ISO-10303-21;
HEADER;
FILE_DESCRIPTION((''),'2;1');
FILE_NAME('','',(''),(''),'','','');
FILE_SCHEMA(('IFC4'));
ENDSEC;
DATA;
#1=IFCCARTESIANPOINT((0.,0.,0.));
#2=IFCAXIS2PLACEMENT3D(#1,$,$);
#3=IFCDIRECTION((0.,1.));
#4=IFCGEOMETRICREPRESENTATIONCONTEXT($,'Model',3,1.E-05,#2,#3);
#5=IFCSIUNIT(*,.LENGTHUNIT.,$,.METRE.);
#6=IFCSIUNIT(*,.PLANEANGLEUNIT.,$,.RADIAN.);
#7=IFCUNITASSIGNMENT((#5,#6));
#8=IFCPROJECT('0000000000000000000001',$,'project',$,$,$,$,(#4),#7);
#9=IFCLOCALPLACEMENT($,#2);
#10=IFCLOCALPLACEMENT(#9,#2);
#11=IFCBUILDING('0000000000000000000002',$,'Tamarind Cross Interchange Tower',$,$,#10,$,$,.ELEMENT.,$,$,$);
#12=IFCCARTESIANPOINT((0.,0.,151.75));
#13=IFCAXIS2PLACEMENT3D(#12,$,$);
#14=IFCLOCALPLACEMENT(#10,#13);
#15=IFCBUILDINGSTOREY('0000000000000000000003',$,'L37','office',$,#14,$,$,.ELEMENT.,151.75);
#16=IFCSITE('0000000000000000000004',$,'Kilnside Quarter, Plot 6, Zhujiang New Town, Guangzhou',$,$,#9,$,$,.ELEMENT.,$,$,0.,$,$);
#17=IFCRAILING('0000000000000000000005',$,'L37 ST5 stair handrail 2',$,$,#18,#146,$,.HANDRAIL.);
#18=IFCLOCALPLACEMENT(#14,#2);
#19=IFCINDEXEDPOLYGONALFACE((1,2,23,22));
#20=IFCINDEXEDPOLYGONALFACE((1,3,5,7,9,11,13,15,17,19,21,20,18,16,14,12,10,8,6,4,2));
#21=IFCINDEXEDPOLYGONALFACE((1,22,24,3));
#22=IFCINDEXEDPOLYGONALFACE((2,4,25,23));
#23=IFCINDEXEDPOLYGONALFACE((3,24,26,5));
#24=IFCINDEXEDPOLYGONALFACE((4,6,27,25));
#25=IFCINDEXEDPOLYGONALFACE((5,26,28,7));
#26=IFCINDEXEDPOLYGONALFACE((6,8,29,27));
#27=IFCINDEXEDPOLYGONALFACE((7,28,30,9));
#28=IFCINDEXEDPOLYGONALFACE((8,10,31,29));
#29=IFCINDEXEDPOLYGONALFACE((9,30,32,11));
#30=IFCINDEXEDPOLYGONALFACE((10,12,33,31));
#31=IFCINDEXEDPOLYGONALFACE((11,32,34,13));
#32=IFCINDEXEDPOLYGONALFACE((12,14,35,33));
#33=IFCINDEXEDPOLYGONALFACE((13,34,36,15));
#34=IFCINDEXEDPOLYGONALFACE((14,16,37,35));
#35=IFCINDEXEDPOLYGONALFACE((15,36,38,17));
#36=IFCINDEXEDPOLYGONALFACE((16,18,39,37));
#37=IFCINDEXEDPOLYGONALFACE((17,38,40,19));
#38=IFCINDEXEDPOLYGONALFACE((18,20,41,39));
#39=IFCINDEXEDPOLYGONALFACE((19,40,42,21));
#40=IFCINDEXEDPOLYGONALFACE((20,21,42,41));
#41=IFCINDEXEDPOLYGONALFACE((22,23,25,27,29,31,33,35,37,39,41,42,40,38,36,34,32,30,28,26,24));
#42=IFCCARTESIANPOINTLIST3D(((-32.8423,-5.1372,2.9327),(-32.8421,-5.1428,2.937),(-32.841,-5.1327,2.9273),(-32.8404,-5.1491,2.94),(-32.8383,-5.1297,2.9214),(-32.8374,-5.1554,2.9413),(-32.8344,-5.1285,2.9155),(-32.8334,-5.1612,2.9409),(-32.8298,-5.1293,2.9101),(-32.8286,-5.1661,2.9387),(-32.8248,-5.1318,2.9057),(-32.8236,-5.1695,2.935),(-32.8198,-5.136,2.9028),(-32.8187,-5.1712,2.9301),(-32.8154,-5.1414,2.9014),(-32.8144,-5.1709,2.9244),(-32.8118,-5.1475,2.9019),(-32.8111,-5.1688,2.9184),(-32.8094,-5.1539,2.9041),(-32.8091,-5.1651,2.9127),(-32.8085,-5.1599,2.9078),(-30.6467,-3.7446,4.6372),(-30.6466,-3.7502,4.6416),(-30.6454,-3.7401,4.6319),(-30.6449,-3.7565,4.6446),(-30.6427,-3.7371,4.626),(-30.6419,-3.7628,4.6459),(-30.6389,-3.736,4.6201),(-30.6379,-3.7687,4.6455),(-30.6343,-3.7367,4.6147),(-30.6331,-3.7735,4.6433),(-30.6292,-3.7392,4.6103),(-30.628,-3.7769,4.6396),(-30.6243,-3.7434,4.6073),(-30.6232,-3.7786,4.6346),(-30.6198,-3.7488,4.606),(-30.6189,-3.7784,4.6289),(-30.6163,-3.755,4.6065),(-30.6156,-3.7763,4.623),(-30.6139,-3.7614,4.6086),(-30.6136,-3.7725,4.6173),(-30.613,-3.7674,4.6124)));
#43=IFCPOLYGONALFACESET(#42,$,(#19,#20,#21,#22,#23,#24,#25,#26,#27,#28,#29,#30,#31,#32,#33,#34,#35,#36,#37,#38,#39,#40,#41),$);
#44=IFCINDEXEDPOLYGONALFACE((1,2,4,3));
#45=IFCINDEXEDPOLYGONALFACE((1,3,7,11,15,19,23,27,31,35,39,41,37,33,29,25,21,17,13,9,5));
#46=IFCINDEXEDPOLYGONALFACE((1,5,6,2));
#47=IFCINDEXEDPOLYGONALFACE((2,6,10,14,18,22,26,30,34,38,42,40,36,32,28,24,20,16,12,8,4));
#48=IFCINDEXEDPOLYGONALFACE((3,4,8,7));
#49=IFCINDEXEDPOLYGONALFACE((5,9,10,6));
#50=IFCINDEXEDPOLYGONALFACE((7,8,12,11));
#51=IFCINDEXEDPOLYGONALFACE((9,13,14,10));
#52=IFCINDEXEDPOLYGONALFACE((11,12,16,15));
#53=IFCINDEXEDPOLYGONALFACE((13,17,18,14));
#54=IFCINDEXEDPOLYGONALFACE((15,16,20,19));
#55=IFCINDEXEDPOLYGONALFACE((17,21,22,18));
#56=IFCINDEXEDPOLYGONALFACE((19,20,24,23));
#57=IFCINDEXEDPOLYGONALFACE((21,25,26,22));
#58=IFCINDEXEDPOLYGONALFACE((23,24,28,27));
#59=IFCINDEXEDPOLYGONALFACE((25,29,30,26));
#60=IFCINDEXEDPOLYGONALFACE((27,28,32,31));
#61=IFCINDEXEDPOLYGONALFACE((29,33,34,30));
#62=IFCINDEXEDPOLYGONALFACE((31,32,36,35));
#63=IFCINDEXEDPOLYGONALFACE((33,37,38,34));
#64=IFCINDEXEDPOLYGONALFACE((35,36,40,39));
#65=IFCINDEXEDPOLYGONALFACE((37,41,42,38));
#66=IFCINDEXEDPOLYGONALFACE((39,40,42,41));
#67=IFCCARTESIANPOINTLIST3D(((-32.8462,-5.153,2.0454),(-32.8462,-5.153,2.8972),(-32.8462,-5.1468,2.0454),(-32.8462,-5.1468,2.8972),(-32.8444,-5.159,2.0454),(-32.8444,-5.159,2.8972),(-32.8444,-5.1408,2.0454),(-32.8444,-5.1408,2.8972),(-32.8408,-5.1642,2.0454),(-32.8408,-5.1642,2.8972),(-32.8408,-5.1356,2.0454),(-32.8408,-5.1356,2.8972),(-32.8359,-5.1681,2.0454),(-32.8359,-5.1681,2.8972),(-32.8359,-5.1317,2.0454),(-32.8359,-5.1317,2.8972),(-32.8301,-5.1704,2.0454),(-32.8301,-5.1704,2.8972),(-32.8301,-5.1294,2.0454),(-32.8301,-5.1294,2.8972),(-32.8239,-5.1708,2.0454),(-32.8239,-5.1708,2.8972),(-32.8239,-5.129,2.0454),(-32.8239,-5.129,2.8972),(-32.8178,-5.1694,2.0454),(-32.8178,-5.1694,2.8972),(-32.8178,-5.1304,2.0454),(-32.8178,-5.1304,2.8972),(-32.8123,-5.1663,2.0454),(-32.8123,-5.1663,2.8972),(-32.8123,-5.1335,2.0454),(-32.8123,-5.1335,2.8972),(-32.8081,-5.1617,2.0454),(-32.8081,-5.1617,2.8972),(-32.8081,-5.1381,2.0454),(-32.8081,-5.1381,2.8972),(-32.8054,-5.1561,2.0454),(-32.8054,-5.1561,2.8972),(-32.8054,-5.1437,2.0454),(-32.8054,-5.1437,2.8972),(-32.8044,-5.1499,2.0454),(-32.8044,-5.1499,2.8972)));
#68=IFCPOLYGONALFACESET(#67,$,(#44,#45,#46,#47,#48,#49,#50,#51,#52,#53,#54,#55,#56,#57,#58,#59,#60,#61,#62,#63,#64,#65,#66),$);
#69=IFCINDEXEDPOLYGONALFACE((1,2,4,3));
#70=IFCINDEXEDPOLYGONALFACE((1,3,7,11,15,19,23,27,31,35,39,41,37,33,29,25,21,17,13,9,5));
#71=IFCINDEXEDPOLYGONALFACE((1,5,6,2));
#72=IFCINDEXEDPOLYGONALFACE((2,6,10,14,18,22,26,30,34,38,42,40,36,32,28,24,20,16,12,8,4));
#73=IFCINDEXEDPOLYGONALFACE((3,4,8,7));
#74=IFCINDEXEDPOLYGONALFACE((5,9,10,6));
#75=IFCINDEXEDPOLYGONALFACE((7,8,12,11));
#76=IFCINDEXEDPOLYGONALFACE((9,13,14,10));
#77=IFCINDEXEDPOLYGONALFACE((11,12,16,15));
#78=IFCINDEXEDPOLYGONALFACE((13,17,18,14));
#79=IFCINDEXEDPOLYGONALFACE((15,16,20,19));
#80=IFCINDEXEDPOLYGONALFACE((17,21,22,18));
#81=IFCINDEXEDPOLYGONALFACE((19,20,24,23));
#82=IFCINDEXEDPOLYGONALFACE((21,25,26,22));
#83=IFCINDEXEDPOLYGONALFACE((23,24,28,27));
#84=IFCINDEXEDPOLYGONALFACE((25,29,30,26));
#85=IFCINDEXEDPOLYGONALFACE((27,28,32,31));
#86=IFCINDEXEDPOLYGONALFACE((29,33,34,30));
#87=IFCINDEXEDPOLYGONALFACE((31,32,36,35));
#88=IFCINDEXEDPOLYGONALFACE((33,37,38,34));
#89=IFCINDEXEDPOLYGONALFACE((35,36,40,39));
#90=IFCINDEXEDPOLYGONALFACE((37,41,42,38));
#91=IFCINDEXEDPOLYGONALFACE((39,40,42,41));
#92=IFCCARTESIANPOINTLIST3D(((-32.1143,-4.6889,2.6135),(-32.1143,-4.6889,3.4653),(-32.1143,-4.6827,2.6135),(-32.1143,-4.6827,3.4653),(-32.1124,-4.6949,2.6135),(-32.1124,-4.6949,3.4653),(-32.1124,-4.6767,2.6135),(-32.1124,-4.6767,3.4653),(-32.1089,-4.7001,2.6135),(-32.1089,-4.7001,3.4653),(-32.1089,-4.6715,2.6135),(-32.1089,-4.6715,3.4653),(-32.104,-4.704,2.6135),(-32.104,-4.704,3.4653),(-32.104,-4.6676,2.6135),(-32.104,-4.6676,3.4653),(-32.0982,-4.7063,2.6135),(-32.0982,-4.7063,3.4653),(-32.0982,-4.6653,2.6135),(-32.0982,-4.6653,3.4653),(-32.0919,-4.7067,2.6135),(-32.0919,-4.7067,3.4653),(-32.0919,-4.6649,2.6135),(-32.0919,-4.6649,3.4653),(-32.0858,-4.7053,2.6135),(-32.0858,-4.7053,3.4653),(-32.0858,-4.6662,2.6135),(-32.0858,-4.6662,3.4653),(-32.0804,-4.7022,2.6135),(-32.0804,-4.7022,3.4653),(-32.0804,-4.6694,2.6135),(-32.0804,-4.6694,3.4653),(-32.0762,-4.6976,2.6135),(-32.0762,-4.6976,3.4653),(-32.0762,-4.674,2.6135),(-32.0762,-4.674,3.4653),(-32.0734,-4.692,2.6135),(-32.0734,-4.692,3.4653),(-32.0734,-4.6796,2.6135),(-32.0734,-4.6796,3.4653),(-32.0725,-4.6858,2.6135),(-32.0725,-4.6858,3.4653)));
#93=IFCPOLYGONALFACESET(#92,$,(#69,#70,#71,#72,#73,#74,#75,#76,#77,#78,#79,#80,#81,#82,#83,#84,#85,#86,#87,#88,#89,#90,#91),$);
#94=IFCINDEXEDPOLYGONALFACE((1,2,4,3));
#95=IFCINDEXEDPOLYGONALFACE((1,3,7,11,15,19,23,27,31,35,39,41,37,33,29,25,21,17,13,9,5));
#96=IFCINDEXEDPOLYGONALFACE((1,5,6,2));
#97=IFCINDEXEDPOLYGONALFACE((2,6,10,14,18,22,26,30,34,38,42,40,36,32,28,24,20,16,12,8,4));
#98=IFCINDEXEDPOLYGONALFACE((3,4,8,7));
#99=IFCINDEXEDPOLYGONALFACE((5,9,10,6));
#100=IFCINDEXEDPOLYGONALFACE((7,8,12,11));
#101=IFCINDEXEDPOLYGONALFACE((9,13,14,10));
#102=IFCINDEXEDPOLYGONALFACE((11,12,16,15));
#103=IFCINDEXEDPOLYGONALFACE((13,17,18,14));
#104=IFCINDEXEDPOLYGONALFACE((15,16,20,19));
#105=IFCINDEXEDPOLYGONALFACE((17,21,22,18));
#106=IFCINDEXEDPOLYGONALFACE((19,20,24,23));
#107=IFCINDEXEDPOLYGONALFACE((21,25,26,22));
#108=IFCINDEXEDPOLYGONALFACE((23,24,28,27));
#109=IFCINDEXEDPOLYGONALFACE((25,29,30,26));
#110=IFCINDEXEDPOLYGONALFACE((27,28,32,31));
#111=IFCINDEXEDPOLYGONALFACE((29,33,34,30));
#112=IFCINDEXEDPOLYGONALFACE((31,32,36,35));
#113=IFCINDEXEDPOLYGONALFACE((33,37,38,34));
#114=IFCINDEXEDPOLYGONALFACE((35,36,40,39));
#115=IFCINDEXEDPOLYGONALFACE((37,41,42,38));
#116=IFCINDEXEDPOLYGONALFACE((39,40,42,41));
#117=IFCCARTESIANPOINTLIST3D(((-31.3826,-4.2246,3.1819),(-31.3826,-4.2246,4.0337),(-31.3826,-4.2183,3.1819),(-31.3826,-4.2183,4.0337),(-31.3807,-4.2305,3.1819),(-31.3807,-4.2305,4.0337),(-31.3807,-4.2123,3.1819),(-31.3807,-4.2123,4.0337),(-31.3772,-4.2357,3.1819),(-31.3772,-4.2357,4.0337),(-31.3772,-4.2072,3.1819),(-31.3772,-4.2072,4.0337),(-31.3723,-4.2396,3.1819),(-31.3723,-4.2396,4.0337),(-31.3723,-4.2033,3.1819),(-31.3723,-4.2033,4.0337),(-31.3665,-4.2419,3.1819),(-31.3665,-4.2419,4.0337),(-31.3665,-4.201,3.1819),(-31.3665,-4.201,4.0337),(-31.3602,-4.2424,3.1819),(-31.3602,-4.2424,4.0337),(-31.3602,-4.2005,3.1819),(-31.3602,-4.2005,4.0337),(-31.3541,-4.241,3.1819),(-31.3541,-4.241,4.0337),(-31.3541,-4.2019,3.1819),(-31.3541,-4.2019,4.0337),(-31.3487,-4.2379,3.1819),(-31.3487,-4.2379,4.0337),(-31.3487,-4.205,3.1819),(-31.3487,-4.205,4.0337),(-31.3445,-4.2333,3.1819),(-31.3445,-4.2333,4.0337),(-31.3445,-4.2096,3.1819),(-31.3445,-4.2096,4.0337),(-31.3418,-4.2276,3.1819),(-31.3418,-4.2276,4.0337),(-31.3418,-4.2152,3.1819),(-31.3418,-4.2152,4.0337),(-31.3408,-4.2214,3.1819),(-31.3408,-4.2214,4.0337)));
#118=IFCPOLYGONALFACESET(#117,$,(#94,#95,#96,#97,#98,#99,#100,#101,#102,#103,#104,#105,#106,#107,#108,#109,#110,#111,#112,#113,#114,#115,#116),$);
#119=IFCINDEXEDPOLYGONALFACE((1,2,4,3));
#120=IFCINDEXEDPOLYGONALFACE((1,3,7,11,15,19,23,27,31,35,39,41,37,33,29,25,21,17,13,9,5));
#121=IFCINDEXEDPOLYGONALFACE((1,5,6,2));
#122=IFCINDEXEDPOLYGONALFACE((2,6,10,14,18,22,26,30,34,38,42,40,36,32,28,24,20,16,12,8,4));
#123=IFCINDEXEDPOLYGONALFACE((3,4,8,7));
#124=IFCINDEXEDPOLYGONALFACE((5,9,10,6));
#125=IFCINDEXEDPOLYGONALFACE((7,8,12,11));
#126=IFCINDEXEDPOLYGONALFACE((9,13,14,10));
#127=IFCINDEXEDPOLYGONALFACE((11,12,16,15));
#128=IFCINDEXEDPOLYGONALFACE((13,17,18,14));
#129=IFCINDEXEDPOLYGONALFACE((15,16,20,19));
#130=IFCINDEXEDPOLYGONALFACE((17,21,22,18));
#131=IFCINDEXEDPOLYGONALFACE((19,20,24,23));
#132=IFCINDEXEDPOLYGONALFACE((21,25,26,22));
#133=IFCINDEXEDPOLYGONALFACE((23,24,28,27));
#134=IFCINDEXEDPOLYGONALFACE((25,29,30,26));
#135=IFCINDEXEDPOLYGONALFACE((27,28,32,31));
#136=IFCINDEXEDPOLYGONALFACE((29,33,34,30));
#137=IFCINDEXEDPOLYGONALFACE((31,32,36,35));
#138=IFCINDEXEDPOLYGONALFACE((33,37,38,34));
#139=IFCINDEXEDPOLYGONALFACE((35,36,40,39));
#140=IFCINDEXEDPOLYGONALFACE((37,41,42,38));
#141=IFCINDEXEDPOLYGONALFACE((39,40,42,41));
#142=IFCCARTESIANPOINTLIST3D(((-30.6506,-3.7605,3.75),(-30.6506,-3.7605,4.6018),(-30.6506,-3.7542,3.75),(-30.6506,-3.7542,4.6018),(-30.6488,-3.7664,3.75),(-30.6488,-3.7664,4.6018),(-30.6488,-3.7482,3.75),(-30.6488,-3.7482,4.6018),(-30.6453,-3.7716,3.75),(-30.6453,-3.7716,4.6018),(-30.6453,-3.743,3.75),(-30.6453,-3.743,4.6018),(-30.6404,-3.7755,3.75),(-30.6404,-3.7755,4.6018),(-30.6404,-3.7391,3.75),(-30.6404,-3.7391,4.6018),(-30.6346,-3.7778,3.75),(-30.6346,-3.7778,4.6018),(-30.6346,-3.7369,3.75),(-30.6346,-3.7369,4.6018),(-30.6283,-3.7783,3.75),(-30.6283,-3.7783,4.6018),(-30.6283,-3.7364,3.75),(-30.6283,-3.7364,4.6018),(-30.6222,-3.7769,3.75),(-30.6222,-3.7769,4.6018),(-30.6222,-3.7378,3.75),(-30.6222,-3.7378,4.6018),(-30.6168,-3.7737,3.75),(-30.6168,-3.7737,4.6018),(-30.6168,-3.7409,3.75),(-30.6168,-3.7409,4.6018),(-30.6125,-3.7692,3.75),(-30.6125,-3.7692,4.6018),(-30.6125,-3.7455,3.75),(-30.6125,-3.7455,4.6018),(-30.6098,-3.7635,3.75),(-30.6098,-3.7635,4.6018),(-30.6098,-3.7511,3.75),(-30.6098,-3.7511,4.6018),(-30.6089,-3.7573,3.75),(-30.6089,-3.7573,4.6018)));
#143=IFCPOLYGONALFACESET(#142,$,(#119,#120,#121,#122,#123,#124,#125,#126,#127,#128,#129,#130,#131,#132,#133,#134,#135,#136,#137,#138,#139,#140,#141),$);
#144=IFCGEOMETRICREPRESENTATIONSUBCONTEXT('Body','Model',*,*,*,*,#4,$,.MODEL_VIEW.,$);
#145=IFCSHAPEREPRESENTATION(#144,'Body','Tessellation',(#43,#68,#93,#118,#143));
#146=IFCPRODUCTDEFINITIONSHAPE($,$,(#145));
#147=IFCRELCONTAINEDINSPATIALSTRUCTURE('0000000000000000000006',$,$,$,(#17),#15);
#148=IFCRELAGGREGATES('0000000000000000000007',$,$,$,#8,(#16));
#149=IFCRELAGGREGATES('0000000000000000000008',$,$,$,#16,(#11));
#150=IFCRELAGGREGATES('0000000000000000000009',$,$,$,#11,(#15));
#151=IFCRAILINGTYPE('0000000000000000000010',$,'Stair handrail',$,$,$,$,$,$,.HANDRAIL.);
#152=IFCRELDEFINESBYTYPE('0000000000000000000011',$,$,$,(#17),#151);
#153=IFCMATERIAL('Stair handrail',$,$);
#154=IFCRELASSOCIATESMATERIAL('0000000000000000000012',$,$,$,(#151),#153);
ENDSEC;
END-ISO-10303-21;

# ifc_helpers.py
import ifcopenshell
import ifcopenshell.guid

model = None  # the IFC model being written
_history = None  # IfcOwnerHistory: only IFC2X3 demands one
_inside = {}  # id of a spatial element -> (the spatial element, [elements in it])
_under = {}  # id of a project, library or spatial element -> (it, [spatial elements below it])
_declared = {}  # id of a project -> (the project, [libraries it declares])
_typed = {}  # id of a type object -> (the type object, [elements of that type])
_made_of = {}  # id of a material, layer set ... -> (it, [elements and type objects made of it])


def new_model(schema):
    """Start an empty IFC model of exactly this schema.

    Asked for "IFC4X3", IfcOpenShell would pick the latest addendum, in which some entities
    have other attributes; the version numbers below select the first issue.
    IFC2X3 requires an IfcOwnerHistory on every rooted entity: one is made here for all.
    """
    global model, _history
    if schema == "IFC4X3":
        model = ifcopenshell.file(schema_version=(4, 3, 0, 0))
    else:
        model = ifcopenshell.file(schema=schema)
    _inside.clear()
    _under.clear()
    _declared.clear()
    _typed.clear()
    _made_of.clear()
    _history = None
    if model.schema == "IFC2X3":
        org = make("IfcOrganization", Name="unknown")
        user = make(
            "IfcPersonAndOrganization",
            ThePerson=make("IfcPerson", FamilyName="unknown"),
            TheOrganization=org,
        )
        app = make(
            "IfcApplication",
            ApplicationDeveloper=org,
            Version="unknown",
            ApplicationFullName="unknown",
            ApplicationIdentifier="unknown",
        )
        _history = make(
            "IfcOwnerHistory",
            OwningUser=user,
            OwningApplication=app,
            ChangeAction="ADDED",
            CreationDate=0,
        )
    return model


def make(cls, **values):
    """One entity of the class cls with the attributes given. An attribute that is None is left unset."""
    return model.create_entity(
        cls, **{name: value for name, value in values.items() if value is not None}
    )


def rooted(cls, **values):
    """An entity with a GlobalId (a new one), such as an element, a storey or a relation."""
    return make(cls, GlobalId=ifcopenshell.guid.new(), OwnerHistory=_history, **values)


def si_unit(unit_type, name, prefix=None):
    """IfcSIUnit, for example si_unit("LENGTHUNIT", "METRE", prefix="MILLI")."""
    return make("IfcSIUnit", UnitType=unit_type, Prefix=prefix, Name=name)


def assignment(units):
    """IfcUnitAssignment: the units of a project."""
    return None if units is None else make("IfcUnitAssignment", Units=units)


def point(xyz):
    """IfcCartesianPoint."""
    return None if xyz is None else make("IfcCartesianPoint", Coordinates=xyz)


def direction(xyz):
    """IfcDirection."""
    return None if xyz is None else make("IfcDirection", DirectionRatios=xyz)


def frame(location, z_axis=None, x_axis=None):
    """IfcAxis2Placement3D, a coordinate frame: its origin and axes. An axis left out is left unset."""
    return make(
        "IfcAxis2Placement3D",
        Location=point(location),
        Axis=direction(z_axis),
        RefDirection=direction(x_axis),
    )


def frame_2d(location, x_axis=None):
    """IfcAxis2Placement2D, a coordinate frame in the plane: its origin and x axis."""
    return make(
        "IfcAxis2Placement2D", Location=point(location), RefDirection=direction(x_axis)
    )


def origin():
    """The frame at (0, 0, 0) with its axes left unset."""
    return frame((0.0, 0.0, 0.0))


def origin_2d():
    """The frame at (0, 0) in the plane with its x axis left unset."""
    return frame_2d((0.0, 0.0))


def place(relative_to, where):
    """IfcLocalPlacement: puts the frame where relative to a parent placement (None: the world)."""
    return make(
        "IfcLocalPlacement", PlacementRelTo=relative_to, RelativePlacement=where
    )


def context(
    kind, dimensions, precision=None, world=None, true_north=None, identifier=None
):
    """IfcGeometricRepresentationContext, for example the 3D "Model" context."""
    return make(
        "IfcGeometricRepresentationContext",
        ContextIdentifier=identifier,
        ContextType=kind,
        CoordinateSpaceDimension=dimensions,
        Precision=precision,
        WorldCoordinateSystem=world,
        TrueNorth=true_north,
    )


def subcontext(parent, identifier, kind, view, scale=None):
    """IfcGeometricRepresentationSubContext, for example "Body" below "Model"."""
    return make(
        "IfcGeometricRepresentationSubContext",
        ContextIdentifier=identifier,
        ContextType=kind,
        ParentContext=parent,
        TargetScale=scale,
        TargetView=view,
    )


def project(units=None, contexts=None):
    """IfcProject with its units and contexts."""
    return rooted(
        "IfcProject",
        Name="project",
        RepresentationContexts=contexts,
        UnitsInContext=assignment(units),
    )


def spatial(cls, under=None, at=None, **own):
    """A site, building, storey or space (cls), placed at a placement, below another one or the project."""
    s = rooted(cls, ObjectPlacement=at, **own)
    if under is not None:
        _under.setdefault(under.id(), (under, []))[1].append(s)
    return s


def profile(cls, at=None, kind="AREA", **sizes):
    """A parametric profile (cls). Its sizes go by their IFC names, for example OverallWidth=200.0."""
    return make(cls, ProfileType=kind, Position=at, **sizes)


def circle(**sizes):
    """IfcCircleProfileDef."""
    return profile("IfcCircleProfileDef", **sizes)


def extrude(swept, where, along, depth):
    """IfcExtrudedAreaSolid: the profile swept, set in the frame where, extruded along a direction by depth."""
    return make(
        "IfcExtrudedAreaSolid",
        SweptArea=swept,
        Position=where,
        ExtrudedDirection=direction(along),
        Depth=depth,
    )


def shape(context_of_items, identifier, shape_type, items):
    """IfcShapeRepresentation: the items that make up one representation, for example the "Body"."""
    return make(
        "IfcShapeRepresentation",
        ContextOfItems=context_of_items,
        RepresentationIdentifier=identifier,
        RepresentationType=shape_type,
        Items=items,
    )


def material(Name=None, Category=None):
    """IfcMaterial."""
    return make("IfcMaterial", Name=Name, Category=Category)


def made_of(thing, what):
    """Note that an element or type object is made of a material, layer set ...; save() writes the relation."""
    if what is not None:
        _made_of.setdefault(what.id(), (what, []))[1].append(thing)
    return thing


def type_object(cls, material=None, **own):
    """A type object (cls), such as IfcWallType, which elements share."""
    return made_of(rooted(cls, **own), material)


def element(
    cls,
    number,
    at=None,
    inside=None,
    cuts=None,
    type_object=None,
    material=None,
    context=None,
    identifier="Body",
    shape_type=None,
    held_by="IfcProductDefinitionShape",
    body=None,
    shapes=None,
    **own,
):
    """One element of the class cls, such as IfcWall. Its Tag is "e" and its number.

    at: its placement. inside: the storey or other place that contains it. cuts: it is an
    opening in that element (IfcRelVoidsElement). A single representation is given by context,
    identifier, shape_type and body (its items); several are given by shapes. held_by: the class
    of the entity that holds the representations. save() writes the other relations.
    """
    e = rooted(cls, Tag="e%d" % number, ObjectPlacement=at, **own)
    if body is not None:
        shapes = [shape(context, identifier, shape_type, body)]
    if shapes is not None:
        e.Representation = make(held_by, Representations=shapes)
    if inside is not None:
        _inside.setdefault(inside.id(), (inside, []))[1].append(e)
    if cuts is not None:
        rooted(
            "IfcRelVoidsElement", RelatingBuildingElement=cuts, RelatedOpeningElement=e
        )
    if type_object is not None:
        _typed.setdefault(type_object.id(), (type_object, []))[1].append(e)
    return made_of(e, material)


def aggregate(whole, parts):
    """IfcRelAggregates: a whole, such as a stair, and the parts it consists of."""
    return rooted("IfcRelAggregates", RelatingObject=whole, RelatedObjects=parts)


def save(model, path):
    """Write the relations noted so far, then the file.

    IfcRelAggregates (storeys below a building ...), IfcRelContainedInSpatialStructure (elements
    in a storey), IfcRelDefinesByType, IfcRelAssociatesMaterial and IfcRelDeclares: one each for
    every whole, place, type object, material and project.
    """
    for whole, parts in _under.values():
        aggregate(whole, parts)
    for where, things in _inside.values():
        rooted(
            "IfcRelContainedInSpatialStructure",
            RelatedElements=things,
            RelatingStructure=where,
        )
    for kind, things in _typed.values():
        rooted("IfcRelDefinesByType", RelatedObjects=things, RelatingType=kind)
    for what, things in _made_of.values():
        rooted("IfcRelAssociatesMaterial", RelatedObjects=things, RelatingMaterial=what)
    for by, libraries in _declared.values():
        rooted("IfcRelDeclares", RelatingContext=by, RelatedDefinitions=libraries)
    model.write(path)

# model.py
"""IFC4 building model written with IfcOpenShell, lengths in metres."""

from ifc_helpers import new_model, si_unit, direction, frame, origin, origin_2d, place, context, subcontext, project, spatial, circle, extrude, material, type_object, element, save


model = new_model("IFC4")

# Units and contexts
model_context = context("Model", 3, precision=1e-05, world=origin(), true_north=direction((0.0, 1.0)))
body_context = subcontext(model_context, "Body", "Model", "MODEL_VIEW")
ifc_project = project(units=[si_unit("LENGTHUNIT", "METRE"), si_unit("PLANEANGLEUNIT", "RADIAN")], contexts=[model_context])

# Site, building, storey
site_placement = place(None, origin())
site = spatial("IfcSite", under=ifc_project, at=site_placement, Name="Kilnside Quarter, Plot 6, Zhujiang New Town, Guangzhou", CompositionType="ELEMENT", RefElevation=0.0)
building_placement = place(site_placement, origin())
building = spatial("IfcBuilding", under=site, at=building_placement, Name="Tamarind Cross Interchange Tower", CompositionType="ELEMENT")
storey_placement = place(building_placement, frame((0.0, 0.0, 151.75)))
storey = spatial("IfcBuildingStorey", under=building, at=storey_placement, Name="L37", Description="office", CompositionType="ELEMENT", Elevation=151.75)

# Railing
ifc_material_1 = material(Name="Stair handrail")
railing_type_1 = type_object("IfcRailingType", Name="Stair handrail", PredefinedType="HANDRAIL", material=ifc_material_1)
railing_1_placement = place(storey_placement, frame((-32.8254, -5.1499, 2.0454)))
element("IfcRailing", 1, at=railing_1_placement, inside=storey, type_object=railing_type_1, Name="L37 ST5 stair handrail 2", PredefinedType="HANDRAIL", context=body_context, shape_type="SweptSolid", body=[
    extrude(circle(Radius=0.0239, at=origin_2d()), frame((0.0, 0.0, 0.876), z_axis=(0.706213, 0.44793, 0.54829), x_axis=(-0.535617, 0.844461, 0.0)), (0.0, 0.0, 1.0), 3.1089),
    extrude(circle(Radius=0.021, at=origin_2d()), origin(), (0.0, 0.0, 1.0), 0.8518),
    extrude(circle(Radius=0.021, at=origin_2d()), frame((0.7319, 0.4641, 0.5681)), (0.0, 0.0, 1.0), 0.8518),
    extrude(circle(Radius=0.021, at=origin_2d()), frame((1.4636, 0.9285, 1.1365)), (0.0, 0.0, 1.0), 0.8518),
    extrude(circle(Radius=0.021, at=origin_2d()), frame((2.1956, 1.3926, 1.7046)), (0.0, 0.0, 1.0), 0.8518),
])

save(model, "model.ifc")
